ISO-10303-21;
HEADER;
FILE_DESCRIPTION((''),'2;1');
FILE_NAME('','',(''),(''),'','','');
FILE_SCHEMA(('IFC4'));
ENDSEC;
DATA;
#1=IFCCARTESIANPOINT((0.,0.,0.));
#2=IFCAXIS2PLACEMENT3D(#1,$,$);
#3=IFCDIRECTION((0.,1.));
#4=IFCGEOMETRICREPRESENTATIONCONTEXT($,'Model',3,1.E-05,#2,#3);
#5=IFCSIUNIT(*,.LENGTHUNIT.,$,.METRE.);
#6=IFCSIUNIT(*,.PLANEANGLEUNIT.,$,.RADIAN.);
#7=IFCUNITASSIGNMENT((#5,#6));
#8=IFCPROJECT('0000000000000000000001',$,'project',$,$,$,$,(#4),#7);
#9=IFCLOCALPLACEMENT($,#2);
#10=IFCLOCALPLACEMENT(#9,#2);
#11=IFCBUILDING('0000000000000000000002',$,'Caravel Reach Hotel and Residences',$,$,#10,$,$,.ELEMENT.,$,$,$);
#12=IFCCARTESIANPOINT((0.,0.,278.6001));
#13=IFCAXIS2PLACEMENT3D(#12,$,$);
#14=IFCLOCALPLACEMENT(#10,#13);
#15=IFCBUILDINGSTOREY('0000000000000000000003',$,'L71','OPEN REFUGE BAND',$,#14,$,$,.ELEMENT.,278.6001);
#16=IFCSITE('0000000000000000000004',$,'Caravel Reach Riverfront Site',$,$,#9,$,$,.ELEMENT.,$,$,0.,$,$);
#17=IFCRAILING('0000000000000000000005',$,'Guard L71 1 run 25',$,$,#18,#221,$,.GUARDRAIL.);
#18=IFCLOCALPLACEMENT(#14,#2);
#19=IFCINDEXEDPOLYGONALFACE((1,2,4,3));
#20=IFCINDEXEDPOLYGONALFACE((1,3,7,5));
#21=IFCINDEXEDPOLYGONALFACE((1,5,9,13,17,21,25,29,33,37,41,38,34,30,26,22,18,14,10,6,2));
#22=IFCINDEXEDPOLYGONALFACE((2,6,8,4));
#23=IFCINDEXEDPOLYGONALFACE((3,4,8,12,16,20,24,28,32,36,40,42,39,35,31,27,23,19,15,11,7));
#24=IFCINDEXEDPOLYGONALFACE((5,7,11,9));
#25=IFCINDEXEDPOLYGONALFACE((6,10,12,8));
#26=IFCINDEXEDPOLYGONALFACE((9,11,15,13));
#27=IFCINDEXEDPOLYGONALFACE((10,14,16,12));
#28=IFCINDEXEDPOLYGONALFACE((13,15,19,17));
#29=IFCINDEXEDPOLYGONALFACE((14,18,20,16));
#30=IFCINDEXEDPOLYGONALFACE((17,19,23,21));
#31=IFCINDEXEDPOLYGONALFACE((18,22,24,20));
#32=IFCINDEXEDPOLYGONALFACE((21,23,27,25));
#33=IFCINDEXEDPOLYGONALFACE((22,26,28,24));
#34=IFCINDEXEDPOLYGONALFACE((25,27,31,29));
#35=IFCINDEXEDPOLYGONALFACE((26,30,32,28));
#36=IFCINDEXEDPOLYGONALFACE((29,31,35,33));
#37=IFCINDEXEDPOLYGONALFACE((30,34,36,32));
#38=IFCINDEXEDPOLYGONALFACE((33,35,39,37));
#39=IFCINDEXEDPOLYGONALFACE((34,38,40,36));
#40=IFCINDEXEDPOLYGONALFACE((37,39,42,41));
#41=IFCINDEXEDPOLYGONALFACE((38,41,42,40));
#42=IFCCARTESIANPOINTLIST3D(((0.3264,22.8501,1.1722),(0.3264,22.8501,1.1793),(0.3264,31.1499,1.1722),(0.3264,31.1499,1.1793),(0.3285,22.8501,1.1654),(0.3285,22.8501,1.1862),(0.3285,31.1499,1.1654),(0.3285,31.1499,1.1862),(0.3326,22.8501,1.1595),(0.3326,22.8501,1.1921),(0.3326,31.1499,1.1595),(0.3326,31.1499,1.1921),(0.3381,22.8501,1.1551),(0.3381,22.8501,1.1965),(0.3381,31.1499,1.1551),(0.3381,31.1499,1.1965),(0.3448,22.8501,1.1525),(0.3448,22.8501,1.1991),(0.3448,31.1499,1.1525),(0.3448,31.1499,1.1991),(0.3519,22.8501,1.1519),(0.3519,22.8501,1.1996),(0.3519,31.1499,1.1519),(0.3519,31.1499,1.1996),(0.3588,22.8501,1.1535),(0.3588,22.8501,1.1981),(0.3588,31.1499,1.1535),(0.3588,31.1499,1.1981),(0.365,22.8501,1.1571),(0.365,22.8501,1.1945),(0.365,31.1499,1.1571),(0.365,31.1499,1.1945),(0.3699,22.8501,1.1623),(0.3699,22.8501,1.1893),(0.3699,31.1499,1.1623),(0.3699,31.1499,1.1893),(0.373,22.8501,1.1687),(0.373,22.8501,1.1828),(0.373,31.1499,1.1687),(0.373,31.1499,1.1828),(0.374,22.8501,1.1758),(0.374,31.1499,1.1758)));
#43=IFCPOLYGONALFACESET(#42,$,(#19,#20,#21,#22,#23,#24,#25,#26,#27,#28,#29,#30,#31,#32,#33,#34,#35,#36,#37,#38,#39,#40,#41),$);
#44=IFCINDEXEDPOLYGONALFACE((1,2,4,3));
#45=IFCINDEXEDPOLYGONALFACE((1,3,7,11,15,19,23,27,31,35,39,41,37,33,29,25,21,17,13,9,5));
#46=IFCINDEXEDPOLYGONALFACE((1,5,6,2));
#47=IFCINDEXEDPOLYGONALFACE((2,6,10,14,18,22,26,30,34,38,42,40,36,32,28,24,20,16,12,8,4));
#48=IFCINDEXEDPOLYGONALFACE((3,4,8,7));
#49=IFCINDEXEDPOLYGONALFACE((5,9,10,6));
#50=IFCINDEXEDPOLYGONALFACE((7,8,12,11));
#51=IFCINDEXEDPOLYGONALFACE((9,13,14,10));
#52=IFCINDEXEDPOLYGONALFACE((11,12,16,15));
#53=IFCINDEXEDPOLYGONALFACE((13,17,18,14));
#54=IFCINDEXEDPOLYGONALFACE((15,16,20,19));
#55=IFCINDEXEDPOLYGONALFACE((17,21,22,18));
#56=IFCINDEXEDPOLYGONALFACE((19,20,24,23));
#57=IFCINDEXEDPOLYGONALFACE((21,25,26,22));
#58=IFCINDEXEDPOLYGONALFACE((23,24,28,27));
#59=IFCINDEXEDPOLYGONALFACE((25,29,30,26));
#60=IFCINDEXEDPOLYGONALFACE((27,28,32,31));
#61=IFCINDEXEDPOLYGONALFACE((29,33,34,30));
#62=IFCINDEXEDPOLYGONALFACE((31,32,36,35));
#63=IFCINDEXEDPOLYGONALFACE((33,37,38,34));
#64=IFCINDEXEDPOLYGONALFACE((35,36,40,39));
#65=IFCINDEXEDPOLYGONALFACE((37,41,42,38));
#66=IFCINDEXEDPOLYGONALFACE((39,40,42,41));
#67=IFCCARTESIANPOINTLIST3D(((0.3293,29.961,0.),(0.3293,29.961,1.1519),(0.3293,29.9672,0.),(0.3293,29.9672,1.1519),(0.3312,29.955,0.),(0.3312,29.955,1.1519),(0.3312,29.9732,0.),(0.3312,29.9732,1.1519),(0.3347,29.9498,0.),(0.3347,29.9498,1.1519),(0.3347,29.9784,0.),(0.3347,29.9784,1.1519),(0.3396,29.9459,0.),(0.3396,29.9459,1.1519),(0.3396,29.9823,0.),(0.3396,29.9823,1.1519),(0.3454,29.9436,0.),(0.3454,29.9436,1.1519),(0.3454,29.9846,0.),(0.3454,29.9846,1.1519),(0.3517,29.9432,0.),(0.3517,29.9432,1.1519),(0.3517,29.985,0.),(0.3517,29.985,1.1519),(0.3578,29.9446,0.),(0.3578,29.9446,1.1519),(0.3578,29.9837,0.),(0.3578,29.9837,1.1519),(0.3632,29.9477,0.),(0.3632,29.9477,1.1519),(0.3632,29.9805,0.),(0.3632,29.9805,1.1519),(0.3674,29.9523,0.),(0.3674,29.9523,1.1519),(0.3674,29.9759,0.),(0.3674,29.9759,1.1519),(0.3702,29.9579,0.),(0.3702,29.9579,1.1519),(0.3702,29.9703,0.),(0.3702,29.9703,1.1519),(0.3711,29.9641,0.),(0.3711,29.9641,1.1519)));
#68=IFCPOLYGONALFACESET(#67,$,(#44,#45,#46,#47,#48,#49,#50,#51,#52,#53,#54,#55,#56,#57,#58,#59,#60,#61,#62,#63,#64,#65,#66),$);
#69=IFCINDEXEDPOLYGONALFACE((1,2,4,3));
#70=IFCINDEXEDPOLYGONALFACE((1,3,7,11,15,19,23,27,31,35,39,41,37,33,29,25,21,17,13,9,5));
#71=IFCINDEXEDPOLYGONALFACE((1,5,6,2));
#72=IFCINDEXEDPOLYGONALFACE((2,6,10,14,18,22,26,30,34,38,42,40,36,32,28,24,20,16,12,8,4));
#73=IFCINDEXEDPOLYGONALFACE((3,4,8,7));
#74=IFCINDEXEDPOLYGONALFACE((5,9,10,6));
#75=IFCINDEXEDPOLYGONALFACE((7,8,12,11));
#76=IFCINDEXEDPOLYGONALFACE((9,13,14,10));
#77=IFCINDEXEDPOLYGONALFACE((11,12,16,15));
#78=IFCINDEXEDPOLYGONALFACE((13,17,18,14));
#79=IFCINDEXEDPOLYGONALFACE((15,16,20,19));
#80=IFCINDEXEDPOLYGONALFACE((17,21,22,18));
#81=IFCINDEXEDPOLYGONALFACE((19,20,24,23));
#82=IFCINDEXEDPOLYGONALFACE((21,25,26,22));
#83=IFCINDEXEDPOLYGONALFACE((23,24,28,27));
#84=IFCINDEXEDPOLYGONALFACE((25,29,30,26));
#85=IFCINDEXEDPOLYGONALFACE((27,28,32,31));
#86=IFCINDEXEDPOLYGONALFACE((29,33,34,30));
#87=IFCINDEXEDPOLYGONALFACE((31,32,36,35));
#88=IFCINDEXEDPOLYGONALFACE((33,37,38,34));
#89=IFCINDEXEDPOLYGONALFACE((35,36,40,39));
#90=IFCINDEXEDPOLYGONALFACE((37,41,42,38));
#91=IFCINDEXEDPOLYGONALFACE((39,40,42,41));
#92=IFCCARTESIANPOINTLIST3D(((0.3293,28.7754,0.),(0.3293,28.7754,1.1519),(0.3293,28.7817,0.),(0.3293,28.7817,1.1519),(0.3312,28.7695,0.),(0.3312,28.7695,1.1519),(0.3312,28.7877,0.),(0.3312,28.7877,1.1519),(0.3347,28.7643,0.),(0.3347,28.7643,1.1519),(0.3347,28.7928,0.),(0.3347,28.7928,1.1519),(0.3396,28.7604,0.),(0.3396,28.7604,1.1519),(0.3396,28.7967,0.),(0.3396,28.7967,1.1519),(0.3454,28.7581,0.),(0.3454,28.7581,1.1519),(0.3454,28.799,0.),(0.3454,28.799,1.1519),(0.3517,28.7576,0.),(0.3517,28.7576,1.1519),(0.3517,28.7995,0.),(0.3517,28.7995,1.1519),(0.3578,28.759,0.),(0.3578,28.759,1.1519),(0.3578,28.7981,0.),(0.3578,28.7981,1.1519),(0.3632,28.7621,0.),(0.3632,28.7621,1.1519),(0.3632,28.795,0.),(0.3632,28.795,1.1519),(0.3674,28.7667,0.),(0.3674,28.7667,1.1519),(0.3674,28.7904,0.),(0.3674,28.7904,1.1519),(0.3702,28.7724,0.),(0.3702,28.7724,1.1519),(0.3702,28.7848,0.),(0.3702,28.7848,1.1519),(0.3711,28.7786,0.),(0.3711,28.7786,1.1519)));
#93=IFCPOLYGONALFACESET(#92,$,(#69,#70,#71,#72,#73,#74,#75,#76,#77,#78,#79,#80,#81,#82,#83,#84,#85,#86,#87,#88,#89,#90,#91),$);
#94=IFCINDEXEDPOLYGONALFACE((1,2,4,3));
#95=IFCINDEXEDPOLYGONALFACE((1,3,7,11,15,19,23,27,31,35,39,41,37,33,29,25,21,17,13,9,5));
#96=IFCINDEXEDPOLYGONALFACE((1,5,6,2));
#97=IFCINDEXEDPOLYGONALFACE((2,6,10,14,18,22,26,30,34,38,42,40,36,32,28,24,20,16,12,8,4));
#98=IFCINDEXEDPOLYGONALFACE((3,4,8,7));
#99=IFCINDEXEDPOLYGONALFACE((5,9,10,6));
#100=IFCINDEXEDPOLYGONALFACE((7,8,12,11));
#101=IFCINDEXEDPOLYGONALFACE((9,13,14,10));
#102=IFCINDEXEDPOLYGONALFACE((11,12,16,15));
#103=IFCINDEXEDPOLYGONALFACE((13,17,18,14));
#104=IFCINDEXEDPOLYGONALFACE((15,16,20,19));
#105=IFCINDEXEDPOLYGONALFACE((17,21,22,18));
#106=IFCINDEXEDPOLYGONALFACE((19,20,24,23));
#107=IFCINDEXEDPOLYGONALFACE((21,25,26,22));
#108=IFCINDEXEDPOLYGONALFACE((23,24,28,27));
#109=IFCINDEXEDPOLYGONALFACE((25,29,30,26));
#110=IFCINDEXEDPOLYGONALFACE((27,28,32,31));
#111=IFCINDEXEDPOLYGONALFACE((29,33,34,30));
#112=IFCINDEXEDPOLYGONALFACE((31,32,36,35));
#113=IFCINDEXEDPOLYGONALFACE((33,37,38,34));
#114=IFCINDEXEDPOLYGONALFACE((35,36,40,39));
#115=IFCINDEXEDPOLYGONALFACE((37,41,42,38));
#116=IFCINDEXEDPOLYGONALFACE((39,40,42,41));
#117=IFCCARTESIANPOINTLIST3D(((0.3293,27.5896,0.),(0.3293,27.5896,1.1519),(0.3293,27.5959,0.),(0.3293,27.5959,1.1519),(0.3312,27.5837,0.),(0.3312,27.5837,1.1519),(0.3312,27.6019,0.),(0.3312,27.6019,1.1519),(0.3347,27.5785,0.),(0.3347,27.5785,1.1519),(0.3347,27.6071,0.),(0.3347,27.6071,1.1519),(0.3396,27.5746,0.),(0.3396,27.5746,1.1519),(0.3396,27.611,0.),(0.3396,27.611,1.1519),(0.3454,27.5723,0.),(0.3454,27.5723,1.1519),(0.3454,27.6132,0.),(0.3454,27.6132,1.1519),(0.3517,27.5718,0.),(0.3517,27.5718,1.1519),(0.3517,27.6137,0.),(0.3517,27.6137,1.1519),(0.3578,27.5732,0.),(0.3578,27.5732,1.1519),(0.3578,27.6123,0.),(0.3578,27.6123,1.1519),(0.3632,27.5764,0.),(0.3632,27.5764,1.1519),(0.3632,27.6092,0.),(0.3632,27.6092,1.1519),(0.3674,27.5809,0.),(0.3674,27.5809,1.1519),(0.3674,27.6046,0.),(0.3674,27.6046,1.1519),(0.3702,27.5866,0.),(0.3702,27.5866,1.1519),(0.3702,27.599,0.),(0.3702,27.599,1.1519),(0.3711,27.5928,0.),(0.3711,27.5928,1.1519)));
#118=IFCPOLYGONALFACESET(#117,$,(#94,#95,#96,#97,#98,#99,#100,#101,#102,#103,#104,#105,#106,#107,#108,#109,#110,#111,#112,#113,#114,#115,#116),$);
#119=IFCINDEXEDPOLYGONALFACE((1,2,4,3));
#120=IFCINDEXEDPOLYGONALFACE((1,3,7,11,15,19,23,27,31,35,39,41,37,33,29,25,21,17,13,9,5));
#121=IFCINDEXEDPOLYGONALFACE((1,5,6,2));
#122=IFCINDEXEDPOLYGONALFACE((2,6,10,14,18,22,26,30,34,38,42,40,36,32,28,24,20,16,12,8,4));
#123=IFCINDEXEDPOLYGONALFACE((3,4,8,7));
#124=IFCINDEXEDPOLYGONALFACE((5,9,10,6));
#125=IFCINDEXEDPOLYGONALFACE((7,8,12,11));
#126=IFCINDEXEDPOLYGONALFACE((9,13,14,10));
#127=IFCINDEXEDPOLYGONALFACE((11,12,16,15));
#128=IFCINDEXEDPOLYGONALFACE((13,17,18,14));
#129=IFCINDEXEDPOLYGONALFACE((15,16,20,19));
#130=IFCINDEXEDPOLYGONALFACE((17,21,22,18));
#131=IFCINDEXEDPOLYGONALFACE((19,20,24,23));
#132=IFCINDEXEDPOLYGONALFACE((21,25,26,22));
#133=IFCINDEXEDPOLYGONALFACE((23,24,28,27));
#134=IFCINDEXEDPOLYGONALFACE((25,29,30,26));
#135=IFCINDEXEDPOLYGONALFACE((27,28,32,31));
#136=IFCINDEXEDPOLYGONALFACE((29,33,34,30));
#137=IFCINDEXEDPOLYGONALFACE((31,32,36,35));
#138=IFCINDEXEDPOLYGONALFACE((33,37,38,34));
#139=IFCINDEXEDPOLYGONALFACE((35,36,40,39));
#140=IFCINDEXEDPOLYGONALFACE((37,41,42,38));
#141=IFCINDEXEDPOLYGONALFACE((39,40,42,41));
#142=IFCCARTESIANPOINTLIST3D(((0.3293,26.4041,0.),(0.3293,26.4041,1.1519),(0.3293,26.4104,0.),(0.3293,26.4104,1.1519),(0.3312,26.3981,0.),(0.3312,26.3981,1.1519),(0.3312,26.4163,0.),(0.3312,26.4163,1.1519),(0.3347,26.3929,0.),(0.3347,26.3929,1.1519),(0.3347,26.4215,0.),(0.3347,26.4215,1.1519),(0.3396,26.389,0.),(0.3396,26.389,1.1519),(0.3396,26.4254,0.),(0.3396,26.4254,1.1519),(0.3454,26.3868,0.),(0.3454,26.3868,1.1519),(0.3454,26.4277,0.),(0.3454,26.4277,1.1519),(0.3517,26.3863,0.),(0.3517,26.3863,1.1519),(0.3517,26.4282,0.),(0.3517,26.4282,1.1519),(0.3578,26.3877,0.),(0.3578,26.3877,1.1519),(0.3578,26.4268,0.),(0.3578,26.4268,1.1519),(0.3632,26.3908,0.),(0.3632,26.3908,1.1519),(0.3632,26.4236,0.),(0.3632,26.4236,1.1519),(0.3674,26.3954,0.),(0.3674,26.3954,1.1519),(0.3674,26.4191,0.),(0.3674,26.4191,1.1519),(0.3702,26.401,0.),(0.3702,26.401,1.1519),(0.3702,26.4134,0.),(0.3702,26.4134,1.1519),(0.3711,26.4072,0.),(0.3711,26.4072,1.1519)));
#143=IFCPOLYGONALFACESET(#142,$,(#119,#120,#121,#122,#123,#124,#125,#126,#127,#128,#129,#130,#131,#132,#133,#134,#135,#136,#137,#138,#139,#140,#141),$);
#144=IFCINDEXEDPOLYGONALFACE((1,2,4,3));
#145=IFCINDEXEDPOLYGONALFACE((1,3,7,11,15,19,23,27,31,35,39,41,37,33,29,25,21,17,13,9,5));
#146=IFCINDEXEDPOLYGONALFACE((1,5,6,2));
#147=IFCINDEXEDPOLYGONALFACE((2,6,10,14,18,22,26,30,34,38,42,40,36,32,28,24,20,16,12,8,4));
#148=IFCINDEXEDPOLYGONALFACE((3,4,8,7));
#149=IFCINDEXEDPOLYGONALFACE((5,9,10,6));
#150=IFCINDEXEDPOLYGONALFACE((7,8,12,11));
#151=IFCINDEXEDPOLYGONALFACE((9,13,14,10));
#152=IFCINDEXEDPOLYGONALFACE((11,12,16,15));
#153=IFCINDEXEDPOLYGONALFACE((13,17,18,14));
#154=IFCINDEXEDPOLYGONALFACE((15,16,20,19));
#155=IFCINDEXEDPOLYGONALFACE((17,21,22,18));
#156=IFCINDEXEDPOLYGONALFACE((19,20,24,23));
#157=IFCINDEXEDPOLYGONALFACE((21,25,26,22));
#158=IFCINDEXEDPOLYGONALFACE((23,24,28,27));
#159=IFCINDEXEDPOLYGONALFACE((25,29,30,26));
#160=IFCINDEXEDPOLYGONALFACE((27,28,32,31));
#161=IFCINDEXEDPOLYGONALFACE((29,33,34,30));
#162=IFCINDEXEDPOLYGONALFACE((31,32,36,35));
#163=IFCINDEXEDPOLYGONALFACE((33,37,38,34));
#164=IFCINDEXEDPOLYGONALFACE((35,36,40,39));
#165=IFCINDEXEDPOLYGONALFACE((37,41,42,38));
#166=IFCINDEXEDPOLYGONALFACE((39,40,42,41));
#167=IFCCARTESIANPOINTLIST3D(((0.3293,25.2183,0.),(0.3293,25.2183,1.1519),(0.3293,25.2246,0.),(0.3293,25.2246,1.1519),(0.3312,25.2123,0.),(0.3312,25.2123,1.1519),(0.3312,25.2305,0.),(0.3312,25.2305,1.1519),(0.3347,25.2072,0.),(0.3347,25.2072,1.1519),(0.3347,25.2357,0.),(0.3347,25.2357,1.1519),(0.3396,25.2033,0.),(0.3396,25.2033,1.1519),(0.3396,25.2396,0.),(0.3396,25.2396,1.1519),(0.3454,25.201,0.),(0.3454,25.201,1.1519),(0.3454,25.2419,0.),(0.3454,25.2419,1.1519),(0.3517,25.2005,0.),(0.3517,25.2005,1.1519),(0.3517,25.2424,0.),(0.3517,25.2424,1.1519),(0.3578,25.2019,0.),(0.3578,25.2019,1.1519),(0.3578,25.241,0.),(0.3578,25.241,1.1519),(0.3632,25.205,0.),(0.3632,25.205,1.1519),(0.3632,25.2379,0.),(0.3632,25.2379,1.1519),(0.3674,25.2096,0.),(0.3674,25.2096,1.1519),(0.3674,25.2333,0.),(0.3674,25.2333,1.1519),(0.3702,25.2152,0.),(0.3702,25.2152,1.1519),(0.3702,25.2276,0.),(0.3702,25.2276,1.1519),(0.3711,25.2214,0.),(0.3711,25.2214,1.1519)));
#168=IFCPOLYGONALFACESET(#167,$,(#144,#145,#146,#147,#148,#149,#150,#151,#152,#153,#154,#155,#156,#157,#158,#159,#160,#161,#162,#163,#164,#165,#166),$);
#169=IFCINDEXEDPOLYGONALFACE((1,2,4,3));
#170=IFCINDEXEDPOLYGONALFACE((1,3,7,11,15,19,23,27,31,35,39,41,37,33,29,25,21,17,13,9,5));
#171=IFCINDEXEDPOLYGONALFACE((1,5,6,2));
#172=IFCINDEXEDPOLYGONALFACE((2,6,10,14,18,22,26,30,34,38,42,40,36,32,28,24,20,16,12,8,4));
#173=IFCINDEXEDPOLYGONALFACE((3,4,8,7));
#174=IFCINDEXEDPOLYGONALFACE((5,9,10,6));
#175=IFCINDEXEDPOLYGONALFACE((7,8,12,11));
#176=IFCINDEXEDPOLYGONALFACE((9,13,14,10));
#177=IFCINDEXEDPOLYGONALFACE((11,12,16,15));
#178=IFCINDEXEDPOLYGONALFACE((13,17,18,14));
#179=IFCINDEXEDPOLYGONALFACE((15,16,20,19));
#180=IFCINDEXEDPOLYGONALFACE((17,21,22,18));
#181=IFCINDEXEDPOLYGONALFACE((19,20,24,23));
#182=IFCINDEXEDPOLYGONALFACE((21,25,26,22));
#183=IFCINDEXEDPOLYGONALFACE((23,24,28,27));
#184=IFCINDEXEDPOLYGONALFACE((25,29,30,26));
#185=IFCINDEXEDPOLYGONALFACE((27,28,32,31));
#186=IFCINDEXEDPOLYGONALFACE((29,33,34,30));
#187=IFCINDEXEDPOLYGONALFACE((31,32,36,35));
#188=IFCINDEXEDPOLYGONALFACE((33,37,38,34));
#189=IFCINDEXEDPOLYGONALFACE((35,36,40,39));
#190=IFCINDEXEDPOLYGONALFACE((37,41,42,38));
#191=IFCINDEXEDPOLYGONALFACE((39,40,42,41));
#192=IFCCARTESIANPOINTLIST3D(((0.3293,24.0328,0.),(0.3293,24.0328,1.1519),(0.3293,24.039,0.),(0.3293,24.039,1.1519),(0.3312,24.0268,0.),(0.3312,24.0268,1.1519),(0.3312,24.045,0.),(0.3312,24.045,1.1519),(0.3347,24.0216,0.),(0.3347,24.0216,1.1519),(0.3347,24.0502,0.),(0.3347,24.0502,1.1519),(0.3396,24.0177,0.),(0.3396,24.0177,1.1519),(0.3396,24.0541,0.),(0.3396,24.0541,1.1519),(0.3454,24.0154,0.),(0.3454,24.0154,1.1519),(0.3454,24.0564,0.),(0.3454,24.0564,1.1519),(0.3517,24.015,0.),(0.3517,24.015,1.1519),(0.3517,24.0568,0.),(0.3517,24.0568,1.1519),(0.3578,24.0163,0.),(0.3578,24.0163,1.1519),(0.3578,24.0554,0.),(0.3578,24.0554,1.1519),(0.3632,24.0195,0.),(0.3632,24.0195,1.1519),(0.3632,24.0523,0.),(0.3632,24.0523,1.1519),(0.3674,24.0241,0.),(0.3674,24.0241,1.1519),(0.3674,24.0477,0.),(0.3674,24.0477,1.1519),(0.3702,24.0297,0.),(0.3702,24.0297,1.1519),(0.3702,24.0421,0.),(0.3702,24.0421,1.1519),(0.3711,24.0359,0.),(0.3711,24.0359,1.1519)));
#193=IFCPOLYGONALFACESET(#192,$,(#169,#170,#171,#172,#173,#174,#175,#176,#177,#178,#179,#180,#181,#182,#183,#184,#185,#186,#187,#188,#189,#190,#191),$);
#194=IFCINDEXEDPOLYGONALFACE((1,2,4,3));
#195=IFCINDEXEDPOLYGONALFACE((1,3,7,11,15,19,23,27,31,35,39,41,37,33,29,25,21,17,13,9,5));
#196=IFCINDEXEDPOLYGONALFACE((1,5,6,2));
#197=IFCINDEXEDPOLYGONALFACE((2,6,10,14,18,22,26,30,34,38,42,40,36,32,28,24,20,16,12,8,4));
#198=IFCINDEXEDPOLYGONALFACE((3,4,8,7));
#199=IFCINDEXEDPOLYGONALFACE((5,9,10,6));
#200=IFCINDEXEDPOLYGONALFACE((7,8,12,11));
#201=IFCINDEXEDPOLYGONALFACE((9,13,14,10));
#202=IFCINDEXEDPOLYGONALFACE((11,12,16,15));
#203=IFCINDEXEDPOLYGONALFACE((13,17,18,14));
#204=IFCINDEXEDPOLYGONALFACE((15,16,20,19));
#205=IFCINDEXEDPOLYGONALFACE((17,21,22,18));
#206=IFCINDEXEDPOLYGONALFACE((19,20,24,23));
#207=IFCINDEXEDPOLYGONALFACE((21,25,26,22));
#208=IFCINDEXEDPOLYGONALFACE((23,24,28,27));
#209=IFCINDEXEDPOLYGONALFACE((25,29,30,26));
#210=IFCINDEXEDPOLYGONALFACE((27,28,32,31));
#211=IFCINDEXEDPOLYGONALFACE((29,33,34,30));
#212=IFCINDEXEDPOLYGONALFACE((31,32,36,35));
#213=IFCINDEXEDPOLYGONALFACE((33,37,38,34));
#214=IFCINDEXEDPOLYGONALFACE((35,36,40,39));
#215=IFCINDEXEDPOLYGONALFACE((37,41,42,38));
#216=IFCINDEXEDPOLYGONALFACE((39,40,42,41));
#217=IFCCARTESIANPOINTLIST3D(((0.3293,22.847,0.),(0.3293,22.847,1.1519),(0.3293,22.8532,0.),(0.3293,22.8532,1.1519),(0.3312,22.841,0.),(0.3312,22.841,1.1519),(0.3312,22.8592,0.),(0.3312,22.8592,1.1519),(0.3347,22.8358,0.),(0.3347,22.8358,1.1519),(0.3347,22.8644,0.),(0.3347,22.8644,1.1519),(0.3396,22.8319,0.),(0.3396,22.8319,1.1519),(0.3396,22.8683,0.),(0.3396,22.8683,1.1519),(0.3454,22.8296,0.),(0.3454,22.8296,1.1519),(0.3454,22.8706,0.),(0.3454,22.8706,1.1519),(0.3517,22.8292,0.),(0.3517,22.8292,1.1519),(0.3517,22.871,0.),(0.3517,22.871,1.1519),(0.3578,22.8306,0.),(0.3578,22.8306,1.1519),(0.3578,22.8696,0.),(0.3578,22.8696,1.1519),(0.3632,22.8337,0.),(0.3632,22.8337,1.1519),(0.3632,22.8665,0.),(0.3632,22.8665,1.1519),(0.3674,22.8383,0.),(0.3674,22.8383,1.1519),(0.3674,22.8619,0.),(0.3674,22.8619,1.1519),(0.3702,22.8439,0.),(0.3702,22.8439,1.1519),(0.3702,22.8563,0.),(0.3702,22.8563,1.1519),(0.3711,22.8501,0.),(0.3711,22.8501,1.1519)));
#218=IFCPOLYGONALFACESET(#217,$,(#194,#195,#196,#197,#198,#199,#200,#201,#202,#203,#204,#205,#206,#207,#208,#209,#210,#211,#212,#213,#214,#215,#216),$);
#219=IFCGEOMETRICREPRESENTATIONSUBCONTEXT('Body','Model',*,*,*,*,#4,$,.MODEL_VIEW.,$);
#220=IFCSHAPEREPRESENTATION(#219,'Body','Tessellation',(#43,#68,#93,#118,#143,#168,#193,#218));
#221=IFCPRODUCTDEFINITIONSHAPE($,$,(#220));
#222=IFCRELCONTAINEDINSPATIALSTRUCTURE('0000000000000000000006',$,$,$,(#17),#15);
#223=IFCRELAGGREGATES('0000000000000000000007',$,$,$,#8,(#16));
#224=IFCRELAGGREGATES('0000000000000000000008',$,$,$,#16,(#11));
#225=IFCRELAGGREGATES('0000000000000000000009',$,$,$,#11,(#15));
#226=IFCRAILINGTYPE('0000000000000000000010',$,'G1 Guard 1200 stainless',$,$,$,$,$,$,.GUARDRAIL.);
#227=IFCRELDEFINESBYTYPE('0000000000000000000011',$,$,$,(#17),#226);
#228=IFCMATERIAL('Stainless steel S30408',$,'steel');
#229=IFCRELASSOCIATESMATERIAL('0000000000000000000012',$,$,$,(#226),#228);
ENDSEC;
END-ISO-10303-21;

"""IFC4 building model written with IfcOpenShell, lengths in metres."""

from ifc_helpers import new_model, si_unit, direction, frame, origin, origin_2d, place, context, subcontext, project, spatial, circle, extrude, material, type_object, element, save


model = new_model("IFC4")

# Units and contexts
model_context = context("Model", 3, precision=1e-05, world=origin(), true_north=direction((0.0, 1.0)))
body_context = subcontext(model_context, "Body", "Model", "MODEL_VIEW")
ifc_project = project(units=[si_unit("LENGTHUNIT", "METRE"), si_unit("PLANEANGLEUNIT", "RADIAN")], contexts=[model_context])

# Site, building, storey
site_placement = place(None, origin())
site = spatial("IfcSite", under=ifc_project, at=site_placement, Name="Caravel Reach Riverfront Site", CompositionType="ELEMENT", RefElevation=0.0)
building_placement = place(site_placement, origin())
building = spatial("IfcBuilding", under=site, at=building_placement, Name="Caravel Reach Hotel and Residences", CompositionType="ELEMENT")
storey_placement = place(building_placement, frame((0.0, 0.0, 278.6001)))
storey = spatial("IfcBuildingStorey", under=building, at=storey_placement, Name="L71", Description="OPEN REFUGE BAND", CompositionType="ELEMENT", Elevation=278.6001)

# Railing
ifc_material_1 = material(Name="Stainless steel S30408", Category="steel")
railing_type = type_object("IfcRailingType", Name="G1 Guard 1200 stainless", PredefinedType="GUARDRAIL", material=ifc_material_1)
railing_1_placement = place(storey_placement, frame((0.3501, 31.1499, 0.0)))
element("IfcRailing", 1, at=railing_1_placement, inside=storey, type_object=railing_type, Name="Guard L71 1 run 25", PredefinedType="GUARDRAIL", context=body_context, shape_type="SweptSolid", body=[
    extrude(circle(Radius=0.0239, at=origin_2d()), frame((0.0, 0.0, 1.1758), z_axis=(0.0, -1.0, 0.0), x_axis=(1.0, 0.0, 0.0)), (0.0, 0.0, 1.0), 8.2998),
    extrude(circle(Radius=0.021, at=origin_2d()), frame((0.0, -1.1858, 0.0)), (0.0, 0.0, 1.0), 1.1519),
    extrude(circle(Radius=0.021, at=origin_2d()), frame((0.0, -2.3713, 0.0)), (0.0, 0.0, 1.0), 1.1519),
    extrude(circle(Radius=0.021, at=origin_2d()), frame((0.0, -3.5571, 0.0)), (0.0, 0.0, 1.0), 1.1519),
    extrude(circle(Radius=0.021, at=origin_2d()), frame((0.0, -4.7427, 0.0)), (0.0, 0.0, 1.0), 1.1519),
    extrude(circle(Radius=0.021, at=origin_2d()), frame((0.0, -5.9285, 0.0)), (0.0, 0.0, 1.0), 1.1519),
    extrude(circle(Radius=0.021, at=origin_2d()), frame((0.0, -7.114, 0.0)), (0.0, 0.0, 1.0), 1.1519),
    extrude(circle(Radius=0.021, at=origin_2d()), frame((0.0, -8.2998, 0.0)), (0.0, 0.0, 1.0), 1.1519),
])

save(model, "model.ifc")
